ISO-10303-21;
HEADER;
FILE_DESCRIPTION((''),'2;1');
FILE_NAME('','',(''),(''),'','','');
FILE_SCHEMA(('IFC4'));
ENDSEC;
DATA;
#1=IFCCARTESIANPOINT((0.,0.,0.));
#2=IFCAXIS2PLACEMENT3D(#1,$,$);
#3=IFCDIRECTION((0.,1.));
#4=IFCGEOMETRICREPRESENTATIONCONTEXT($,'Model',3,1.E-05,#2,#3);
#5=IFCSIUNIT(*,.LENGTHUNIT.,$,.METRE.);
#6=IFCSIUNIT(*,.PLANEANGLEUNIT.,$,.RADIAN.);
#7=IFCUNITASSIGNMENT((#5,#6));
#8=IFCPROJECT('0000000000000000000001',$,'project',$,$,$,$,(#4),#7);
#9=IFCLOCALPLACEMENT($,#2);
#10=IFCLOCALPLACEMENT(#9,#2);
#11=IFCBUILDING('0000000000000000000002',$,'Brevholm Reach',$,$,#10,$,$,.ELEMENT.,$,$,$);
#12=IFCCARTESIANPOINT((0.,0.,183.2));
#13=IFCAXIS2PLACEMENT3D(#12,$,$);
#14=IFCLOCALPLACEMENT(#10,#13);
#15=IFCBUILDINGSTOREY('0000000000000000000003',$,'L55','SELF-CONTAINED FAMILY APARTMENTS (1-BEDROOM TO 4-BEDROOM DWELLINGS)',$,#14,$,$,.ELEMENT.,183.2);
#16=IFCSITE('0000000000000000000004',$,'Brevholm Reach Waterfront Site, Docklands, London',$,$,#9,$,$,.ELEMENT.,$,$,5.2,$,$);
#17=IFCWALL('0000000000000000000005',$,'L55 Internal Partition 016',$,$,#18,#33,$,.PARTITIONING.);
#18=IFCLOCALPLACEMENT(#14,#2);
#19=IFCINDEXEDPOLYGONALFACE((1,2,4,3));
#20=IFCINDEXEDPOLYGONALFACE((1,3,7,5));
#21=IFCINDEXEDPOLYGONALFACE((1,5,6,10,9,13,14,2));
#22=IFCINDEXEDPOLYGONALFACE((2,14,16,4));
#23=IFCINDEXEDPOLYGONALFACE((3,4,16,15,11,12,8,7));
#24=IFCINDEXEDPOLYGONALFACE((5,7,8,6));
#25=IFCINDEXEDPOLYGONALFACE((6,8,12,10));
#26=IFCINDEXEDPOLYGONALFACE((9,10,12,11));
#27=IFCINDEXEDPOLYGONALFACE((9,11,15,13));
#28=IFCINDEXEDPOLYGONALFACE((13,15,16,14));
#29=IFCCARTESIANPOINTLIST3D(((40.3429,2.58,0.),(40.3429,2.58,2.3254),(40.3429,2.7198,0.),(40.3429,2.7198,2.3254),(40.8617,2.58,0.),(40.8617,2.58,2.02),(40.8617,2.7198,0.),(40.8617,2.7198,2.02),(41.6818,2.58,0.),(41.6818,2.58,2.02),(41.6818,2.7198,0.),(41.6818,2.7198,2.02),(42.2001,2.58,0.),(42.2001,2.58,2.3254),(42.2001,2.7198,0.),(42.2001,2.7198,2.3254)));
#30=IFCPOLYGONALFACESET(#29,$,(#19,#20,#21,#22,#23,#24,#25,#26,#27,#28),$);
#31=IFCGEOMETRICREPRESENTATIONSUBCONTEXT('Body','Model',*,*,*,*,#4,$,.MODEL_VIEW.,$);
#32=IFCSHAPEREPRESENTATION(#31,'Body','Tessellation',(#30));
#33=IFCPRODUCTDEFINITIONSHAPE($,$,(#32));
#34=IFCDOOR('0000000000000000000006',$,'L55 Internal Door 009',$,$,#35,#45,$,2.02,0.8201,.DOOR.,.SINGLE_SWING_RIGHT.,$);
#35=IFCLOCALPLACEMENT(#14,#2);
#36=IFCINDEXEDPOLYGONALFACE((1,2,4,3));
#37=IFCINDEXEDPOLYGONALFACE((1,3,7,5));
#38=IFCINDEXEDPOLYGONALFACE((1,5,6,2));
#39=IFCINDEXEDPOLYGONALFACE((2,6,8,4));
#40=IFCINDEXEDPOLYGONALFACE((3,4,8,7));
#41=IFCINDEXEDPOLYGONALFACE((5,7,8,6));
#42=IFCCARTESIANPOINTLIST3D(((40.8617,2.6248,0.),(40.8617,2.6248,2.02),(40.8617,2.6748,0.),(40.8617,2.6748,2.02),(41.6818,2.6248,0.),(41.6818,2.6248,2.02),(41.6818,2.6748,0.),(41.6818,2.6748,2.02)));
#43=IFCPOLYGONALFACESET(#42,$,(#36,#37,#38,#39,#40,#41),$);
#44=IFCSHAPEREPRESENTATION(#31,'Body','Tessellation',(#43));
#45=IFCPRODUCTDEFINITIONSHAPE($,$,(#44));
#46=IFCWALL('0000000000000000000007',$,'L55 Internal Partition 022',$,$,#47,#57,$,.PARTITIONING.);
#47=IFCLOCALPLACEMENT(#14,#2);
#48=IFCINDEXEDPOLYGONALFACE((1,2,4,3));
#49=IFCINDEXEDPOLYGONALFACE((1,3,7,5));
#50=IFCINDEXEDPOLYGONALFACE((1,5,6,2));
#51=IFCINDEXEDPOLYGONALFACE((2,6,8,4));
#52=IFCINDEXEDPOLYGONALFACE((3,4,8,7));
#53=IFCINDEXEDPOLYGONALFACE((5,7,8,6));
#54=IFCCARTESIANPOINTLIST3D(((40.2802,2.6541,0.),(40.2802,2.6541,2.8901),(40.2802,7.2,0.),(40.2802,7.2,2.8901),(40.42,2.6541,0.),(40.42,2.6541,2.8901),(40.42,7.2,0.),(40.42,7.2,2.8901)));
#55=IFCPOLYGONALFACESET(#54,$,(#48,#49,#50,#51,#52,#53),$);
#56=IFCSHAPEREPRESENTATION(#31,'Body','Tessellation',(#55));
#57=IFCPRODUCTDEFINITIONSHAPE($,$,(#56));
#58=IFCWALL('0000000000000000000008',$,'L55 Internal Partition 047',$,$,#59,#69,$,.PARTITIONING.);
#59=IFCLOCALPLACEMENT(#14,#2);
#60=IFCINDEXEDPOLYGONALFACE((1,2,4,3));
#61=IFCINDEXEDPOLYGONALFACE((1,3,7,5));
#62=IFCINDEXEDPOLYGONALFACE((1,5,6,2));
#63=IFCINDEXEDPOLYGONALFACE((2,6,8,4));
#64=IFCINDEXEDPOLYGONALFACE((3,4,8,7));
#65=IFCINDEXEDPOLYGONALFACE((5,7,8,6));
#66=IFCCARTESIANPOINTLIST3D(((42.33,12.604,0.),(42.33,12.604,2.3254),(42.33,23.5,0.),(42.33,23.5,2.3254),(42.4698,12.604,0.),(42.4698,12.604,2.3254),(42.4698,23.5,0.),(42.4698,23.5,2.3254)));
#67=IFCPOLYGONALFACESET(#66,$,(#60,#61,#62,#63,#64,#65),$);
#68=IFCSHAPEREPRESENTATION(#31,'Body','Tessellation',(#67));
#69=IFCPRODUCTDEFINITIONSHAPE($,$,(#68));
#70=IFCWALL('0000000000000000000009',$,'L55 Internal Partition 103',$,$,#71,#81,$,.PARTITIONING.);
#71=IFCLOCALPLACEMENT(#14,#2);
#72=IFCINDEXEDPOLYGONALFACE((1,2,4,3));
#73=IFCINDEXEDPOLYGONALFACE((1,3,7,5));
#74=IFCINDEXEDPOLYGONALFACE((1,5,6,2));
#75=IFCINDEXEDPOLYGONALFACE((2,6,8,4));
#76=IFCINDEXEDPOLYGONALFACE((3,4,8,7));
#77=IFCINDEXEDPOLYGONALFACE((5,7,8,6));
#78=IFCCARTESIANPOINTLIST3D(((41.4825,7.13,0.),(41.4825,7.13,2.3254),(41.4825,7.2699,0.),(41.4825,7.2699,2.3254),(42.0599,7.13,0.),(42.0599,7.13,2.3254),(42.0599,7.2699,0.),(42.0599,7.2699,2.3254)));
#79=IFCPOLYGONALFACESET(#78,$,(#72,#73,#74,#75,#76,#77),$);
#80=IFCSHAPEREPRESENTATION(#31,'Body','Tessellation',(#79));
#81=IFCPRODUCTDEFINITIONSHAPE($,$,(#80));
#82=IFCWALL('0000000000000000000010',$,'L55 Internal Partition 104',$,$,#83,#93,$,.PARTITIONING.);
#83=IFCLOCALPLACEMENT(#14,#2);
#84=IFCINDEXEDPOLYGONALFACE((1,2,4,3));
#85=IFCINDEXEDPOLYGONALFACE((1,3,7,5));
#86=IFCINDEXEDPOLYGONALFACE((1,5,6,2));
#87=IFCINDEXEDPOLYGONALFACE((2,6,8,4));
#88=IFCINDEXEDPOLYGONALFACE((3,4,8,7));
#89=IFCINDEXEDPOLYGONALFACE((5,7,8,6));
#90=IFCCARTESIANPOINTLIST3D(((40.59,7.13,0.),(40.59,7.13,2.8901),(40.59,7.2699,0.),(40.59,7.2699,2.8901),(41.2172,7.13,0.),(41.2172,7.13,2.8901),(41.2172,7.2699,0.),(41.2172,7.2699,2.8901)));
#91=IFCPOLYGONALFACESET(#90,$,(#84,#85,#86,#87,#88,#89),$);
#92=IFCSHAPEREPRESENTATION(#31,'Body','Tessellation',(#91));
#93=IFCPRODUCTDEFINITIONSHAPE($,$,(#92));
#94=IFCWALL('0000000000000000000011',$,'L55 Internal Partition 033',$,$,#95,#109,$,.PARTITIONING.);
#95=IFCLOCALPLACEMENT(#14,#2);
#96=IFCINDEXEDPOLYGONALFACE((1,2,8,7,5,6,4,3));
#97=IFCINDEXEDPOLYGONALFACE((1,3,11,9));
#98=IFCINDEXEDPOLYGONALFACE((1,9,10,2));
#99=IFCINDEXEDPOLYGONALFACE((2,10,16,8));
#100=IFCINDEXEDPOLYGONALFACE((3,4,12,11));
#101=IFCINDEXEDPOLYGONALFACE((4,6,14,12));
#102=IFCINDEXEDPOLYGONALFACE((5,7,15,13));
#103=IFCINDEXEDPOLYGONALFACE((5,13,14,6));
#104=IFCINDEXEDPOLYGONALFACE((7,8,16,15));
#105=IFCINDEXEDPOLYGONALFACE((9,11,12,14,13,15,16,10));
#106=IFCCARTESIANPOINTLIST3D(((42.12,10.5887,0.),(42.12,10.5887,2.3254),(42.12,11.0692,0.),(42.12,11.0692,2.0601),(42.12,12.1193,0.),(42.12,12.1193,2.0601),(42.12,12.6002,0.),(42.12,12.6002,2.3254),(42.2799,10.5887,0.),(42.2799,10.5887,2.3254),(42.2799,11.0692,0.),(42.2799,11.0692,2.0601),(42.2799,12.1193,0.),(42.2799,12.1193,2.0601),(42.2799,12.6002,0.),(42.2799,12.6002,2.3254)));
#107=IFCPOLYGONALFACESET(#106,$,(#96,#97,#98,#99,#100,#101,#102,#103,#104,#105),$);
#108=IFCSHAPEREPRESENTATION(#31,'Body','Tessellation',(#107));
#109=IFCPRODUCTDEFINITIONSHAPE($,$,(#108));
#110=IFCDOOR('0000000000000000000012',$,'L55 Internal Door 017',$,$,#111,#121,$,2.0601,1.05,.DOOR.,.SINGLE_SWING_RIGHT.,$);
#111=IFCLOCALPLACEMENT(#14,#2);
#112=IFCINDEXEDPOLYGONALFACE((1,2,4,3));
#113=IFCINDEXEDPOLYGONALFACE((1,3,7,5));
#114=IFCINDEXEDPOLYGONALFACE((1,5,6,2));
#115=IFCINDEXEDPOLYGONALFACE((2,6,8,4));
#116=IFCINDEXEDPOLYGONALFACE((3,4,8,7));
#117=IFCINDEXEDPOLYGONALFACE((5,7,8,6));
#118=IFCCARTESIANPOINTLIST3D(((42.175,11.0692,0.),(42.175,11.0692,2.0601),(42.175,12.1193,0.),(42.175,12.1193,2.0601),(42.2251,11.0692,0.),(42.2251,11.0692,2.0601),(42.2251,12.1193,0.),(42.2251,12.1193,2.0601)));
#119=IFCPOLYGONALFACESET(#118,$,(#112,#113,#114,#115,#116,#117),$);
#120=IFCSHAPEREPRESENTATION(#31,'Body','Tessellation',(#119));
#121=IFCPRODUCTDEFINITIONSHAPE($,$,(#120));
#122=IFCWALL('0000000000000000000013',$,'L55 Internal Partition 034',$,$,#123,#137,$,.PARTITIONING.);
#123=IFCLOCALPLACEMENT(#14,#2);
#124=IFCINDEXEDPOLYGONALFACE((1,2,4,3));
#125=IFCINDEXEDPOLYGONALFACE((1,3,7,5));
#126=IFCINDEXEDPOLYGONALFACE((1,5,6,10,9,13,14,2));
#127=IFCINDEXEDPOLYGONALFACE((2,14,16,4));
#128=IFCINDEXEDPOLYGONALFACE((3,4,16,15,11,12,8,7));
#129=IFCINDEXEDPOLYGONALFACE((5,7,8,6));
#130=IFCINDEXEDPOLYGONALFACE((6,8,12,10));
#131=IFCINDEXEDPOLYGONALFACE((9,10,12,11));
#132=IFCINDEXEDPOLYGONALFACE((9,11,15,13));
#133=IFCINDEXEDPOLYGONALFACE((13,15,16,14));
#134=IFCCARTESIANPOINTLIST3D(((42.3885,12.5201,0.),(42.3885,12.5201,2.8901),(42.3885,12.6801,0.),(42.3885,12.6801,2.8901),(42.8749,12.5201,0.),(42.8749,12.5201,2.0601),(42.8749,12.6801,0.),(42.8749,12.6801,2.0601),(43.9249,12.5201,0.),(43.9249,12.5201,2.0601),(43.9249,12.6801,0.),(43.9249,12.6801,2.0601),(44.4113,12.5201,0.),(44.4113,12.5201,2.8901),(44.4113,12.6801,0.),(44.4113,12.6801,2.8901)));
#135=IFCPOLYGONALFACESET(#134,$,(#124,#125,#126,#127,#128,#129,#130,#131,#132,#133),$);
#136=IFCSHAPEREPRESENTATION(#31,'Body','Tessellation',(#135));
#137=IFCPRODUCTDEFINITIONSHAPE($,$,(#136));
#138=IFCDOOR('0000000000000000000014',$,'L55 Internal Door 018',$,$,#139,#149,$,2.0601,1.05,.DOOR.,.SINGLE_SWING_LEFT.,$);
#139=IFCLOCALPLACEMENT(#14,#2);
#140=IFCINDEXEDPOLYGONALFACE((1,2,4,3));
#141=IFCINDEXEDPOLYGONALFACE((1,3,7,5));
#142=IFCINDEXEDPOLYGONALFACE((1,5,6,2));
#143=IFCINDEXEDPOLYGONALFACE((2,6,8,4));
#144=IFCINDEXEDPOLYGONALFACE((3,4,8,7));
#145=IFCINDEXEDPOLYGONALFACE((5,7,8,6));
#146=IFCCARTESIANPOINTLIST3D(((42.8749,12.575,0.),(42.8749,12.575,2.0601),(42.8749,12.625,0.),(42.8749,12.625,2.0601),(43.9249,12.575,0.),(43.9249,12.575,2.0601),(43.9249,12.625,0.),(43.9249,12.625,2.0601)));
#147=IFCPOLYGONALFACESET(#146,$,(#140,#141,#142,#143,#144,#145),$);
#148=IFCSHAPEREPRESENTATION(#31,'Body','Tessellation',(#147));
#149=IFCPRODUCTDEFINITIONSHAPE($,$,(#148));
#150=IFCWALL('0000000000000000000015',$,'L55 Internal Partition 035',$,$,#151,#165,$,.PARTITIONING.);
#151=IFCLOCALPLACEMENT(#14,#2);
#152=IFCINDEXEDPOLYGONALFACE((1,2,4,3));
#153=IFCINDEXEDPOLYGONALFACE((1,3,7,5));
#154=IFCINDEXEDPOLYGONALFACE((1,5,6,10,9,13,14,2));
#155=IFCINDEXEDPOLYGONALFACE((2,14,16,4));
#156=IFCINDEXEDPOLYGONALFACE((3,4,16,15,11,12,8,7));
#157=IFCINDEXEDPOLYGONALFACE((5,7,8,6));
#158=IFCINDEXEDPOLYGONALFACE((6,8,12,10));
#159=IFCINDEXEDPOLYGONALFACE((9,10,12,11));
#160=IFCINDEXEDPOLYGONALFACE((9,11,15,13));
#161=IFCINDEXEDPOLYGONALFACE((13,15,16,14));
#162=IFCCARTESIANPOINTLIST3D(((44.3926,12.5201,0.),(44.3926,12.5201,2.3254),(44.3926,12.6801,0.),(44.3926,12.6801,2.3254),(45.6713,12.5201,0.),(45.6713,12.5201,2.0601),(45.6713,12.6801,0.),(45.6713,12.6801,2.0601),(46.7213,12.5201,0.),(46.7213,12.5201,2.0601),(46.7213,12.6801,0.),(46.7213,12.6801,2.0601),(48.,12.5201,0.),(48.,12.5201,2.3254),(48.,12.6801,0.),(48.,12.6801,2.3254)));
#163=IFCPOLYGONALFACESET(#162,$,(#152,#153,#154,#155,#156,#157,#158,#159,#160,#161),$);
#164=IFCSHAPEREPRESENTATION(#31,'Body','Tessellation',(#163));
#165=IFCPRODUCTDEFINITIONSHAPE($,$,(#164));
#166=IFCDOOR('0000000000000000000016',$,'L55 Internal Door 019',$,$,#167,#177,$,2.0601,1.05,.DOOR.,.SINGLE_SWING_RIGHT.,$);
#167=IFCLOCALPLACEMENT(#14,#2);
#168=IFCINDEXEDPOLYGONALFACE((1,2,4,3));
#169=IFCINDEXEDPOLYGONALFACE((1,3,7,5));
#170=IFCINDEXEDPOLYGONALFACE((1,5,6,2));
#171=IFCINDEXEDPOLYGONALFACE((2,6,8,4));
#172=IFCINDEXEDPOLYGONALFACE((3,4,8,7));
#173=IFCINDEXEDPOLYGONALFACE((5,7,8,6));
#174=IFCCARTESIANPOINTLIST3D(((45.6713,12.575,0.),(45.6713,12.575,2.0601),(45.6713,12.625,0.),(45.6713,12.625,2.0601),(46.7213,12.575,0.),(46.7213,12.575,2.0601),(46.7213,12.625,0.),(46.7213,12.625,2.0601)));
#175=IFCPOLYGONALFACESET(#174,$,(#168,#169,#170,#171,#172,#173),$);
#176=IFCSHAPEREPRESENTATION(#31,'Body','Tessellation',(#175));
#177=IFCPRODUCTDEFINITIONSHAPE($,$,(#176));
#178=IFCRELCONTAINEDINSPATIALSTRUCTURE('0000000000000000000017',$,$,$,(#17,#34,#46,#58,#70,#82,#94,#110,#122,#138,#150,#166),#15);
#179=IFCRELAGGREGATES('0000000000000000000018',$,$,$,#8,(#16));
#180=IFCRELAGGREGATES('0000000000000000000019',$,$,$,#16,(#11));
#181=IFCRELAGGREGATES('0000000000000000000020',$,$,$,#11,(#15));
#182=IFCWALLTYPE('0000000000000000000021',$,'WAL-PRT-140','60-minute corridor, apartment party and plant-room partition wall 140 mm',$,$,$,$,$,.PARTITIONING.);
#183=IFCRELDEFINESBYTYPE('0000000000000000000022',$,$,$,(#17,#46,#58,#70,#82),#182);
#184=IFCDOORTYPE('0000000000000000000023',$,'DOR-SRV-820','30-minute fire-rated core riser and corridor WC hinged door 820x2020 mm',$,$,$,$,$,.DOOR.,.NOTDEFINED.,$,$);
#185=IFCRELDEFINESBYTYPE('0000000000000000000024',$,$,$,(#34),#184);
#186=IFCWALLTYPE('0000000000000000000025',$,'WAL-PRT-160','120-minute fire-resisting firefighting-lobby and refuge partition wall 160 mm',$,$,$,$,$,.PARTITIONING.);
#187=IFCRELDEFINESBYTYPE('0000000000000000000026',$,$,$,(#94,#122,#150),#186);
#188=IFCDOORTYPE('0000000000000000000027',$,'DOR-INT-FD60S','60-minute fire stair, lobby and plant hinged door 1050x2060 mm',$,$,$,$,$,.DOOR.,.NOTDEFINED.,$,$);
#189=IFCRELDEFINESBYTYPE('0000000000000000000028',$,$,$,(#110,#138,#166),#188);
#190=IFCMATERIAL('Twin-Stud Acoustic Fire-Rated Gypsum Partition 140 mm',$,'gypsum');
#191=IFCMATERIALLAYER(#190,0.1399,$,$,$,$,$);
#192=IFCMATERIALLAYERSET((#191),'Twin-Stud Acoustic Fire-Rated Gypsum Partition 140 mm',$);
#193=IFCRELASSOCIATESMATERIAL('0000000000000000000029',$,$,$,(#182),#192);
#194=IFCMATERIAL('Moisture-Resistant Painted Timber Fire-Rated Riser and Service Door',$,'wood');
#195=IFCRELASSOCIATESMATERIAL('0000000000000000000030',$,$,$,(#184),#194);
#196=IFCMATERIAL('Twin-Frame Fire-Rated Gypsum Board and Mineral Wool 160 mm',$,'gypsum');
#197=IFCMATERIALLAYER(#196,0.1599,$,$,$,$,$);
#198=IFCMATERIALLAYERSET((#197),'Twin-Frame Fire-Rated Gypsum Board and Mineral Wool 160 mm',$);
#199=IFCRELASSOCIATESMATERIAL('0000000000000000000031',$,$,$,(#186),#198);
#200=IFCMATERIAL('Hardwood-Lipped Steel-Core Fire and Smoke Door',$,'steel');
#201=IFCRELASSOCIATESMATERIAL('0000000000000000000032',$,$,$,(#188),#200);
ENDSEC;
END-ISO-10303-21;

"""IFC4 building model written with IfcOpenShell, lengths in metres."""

from ifc_helpers import new_model, si_unit, direction, frame, frame_2d, origin, place, context, subcontext, project, spatial, rectangle, extrude, material, layer, layer_set, type_object, element, fill, save


model = new_model("IFC4")

# Units and contexts
model_context = context("Model", 3, precision=1e-05, world=origin(), true_north=direction((0.0, 1.0)))
body_context = subcontext(model_context, "Body", "Model", "MODEL_VIEW")
ifc_project = project(units=[si_unit("LENGTHUNIT", "METRE"), si_unit("PLANEANGLEUNIT", "RADIAN")], contexts=[model_context])

# Site, building, storey
site_placement = place(None, origin())
site = spatial("IfcSite", under=ifc_project, at=site_placement, Name="Brevholm Reach Waterfront Site, Docklands, London", CompositionType="ELEMENT", RefElevation=5.2)
building_placement = place(site_placement, origin())
building = spatial("IfcBuilding", under=site, at=building_placement, Name="Brevholm Reach", CompositionType="ELEMENT")
storey_placement = place(building_placement, frame((0.0, 0.0, 183.2)))
storey = spatial("IfcBuildingStorey", under=building, at=storey_placement, Name="L55", Description="SELF-CONTAINED FAMILY APARTMENTS (1-BEDROOM TO 4-BEDROOM DWELLINGS)", CompositionType="ELEMENT", Elevation=183.2)

# Wall, opening, door
ifc_material_1 = material(Name="Twin-Stud Acoustic Fire-Rated Gypsum Partition 140 mm", Category="gypsum")
ifc_layer_1 = layer(ifc_material_1, 0.1399)
ifc_layer_set_1 = layer_set([ifc_layer_1], Name="Twin-Stud Acoustic Fire-Rated Gypsum Partition 140 mm")
wall_type_1 = type_object("IfcWallType", Name="WAL-PRT-140", Description="60-minute corridor, apartment party and plant-room partition wall 140 mm", PredefinedType="PARTITIONING", material=ifc_layer_set_1)
wall_1_placement = place(storey_placement, frame((40.3428, 2.6499, 0.0), z_axis=(0.0, 0.0, 1.0), x_axis=(1.0, 0.0, 0.0)))
wall_1 = element("IfcWall", 1, at=wall_1_placement, inside=storey, type_object=wall_type_1, Name="L55 Internal Partition 016", PredefinedType="PARTITIONING", context=body_context, shape_type="SweptSolid", body=[
    extrude(rectangle(XDim=1.8572, YDim=0.1399, at=frame_2d((0.9287, 0.0))), origin(), (0.0, 0.0, 1.0), 2.3254),
])
opening_1_placement = place(wall_1_placement, frame((0.5188, 0.0, 0.0)))
opening_1 = element("IfcOpeningElement", 2, at=opening_1_placement, cuts=wall_1, PredefinedType="OPENING", context=body_context, shape_type="SweptSolid", body=[
    extrude(rectangle(XDim=0.8201, YDim=2.02, at=frame_2d((0.4102, 1.01))), frame((0.0, 0.0798, 0.0), z_axis=(0.0, -1.0, 0.0), x_axis=(1.0, 0.0, 0.0)), (0.0, 0.0, 1.0), 0.1599),
])
ifc_material_2 = material(Name="Moisture-Resistant Painted Timber Fire-Rated Riser and Service Door", Category="wood")
door_type_1 = type_object("IfcDoorType", Name="DOR-SRV-820", Description="30-minute fire-rated core riser and corridor WC hinged door 820x2020 mm", OperationType="NOTDEFINED", PredefinedType="DOOR", material=ifc_material_2)
door_1_placement = place(opening_1_placement, origin())
door_1 = element("IfcDoor", 3, at=door_1_placement, inside=storey, type_object=door_type_1, Name="L55 Internal Door 009", OperationType="SINGLE_SWING_RIGHT", OverallHeight=2.02, OverallWidth=0.8201, PredefinedType="DOOR", context=body_context, shape_type="SweptSolid", body=[
    extrude(rectangle(XDim=0.8201, YDim=2.02, at=frame_2d((0.4102, 1.01))), frame((0.0, 0.0249, 0.0), z_axis=(0.0, -1.0, 0.0), x_axis=(1.0, 0.0, 0.0)), (0.0, 0.0, 1.0), 0.05),
])
fill(opening_1, door_1)

# Walls
wall_2_placement = place(storey_placement, frame((40.3501, 2.6541, 0.0), z_axis=(0.0, 0.0, 1.0), x_axis=(0.0, 1.0, 0.0)))
element("IfcWall", 4, at=wall_2_placement, inside=storey, type_object=wall_type_1, Name="L55 Internal Partition 022", PredefinedType="PARTITIONING", context=body_context, shape_type="SweptSolid", body=[
    extrude(rectangle(XDim=4.5459, YDim=0.1399, at=frame_2d((2.2729, 0.0))), origin(), (0.0, 0.0, 1.0), 2.8901),
])
wall_3_placement = place(storey_placement, frame((42.3999, 12.604, 0.0), z_axis=(0.0, 0.0, 1.0), x_axis=(0.0, 1.0, 0.0)))
element("IfcWall", 5, at=wall_3_placement, inside=storey, type_object=wall_type_1, Name="L55 Internal Partition 047", PredefinedType="PARTITIONING", context=body_context, shape_type="SweptSolid", body=[
    extrude(rectangle(XDim=10.896, YDim=0.1399, at=frame_2d((5.448, 0.0))), origin(), (0.0, 0.0, 1.0), 2.3254),
])
wall_4_placement = place(storey_placement, frame((41.4827, 7.2, 0.0), z_axis=(0.0, 0.0, 1.0), x_axis=(1.0, 0.0, 0.0)))
element("IfcWall", 6, at=wall_4_placement, inside=storey, type_object=wall_type_1, Name="L55 Internal Partition 103", PredefinedType="PARTITIONING", context=body_context, shape_type="SweptSolid", body=[
    extrude(rectangle(XDim=0.5774, YDim=0.1399, at=frame_2d((0.2886, 0.0))), origin(), (0.0, 0.0, 1.0), 2.3254),
])
wall_5_placement = place(storey_placement, frame((40.5901, 7.2, 0.0), z_axis=(0.0, 0.0, 1.0), x_axis=(1.0, 0.0, 0.0)))
element("IfcWall", 7, at=wall_5_placement, inside=storey, type_object=wall_type_1, Name="L55 Internal Partition 104", PredefinedType="PARTITIONING", context=body_context, shape_type="SweptSolid", body=[
    extrude(rectangle(XDim=0.6272, YDim=0.1399, at=frame_2d((0.3135, 0.0))), origin(), (0.0, 0.0, 1.0), 2.8901),
])

# Walls, openings, doors
ifc_material_3 = material(Name="Twin-Frame Fire-Rated Gypsum Board and Mineral Wool 160 mm", Category="gypsum")
ifc_layer_2 = layer(ifc_material_3, 0.1599)
ifc_layer_set_2 = layer_set([ifc_layer_2], Name="Twin-Frame Fire-Rated Gypsum Board and Mineral Wool 160 mm")
wall_type_2 = type_object("IfcWallType", Name="WAL-PRT-160", Description="120-minute fire-resisting firefighting-lobby and refuge partition wall 160 mm", PredefinedType="PARTITIONING", material=ifc_layer_set_2)
wall_6_placement = place(storey_placement, frame((42.2, 10.5886, 0.0), z_axis=(0.0, 0.0, 1.0), x_axis=(0.0, 1.0, 0.0)))
wall_6 = element("IfcWall", 8, at=wall_6_placement, inside=storey, type_object=wall_type_2, Name="L55 Internal Partition 033", PredefinedType="PARTITIONING", context=body_context, shape_type="SweptSolid", body=[
    extrude(rectangle(XDim=2.0115, YDim=0.1599, at=frame_2d((1.0059, 0.0))), origin(), (0.0, 0.0, 1.0), 2.3254),
])
opening_2_placement = place(wall_6_placement, frame((0.4807, 0.0, 0.0)))
opening_2 = element("IfcOpeningElement", 9, at=opening_2_placement, cuts=wall_6, PredefinedType="OPENING", context=body_context, shape_type="SweptSolid", body=[
    extrude(rectangle(XDim=1.05, YDim=2.0601, at=frame_2d((0.5249, 1.03))), frame((0.0, 0.0898, 0.0), z_axis=(0.0, -1.0, 0.0), x_axis=(1.0, 0.0, 0.0)), (0.0, 0.0, 1.0), 0.1799),
])
ifc_material_4 = material(Name="Hardwood-Lipped Steel-Core Fire and Smoke Door", Category="steel")
door_type_2 = type_object("IfcDoorType", Name="DOR-INT-FD60S", Description="60-minute fire stair, lobby and plant hinged door 1050x2060 mm", OperationType="NOTDEFINED", PredefinedType="DOOR", material=ifc_material_4)
door_2_placement = place(opening_2_placement, origin())
door_2 = element("IfcDoor", 10, at=door_2_placement, inside=storey, type_object=door_type_2, Name="L55 Internal Door 017", OperationType="SINGLE_SWING_RIGHT", OverallHeight=2.0601, OverallWidth=1.05, PredefinedType="DOOR", context=body_context, shape_type="SweptSolid", body=[
    extrude(rectangle(XDim=1.05, YDim=2.0601, at=frame_2d((0.5249, 1.03))), frame((0.0, 0.0249, 0.0), z_axis=(0.0, -1.0, 0.0), x_axis=(1.0, 0.0, 0.0)), (0.0, 0.0, 1.0), 0.05),
])
fill(opening_2, door_2)
wall_7_placement = place(storey_placement, frame((42.3887, 12.6001, 0.0), z_axis=(0.0, 0.0, 1.0), x_axis=(1.0, 0.0, 0.0)))
wall_7 = element("IfcWall", 11, at=wall_7_placement, inside=storey, type_object=wall_type_2, Name="L55 Internal Partition 034", PredefinedType="PARTITIONING", context=body_context, shape_type="SweptSolid", body=[
    extrude(rectangle(XDim=2.0227, YDim=0.1599, at=frame_2d((1.0112, 0.0))), origin(), (0.0, 0.0, 1.0), 2.8901),
])
opening_3_placement = place(wall_7_placement, frame((0.4863, 0.0, 0.0)))
opening_3 = element("IfcOpeningElement", 12, at=opening_3_placement, cuts=wall_7, PredefinedType="OPENING", context=body_context, shape_type="SweptSolid", body=[
    extrude(rectangle(XDim=1.05, YDim=2.0601, at=frame_2d((0.5249, 1.03))), frame((0.0, 0.0898, 0.0), z_axis=(0.0, -1.0, 0.0), x_axis=(1.0, 0.0, 0.0)), (0.0, 0.0, 1.0), 0.1799),
])
door_3_placement = place(opening_3_placement, origin())
door_3 = element("IfcDoor", 13, at=door_3_placement, inside=storey, type_object=door_type_2, Name="L55 Internal Door 018", OperationType="SINGLE_SWING_LEFT", OverallHeight=2.0601, OverallWidth=1.05, PredefinedType="DOOR", context=body_context, shape_type="SweptSolid", body=[
    extrude(rectangle(XDim=1.05, YDim=2.0601, at=frame_2d((0.5249, 1.03))), frame((0.0, 0.0249, 0.0), z_axis=(0.0, -1.0, 0.0), x_axis=(1.0, 0.0, 0.0)), (0.0, 0.0, 1.0), 0.05),
])
fill(opening_3, door_3)
wall_8_placement = place(storey_placement, frame((44.3926, 12.6001, 0.0), z_axis=(0.0, 0.0, 1.0), x_axis=(1.0, 0.0, 0.0)))
wall_8 = element("IfcWall", 14, at=wall_8_placement, inside=storey, type_object=wall_type_2, Name="L55 Internal Partition 035", PredefinedType="PARTITIONING", context=body_context, shape_type="SweptSolid", body=[
    extrude(rectangle(XDim=3.6074, YDim=0.1599, at=frame_2d((1.8037, 0.0))), origin(), (0.0, 0.0, 1.0), 2.3254),
])
opening_4_placement = place(wall_8_placement, frame((1.2788, 0.0, 0.0)))
opening_4 = element("IfcOpeningElement", 15, at=opening_4_placement, cuts=wall_8, PredefinedType="OPENING", context=body_context, shape_type="SweptSolid", body=[
    extrude(rectangle(XDim=1.05, YDim=2.0601, at=frame_2d((0.5249, 1.03))), frame((0.0, 0.0898, 0.0), z_axis=(0.0, -1.0, 0.0), x_axis=(1.0, 0.0, 0.0)), (0.0, 0.0, 1.0), 0.1799),
])
door_4_placement = place(opening_4_placement, origin())
door_4 = element("IfcDoor", 16, at=door_4_placement, inside=storey, type_object=door_type_2, Name="L55 Internal Door 019", OperationType="SINGLE_SWING_RIGHT", OverallHeight=2.0601, OverallWidth=1.05, PredefinedType="DOOR", context=body_context, shape_type="SweptSolid", body=[
    extrude(rectangle(XDim=1.05, YDim=2.0601, at=frame_2d((0.5249, 1.03))), frame((0.0, 0.0249, 0.0), z_axis=(0.0, -1.0, 0.0), x_axis=(1.0, 0.0, 0.0)), (0.0, 0.0, 1.0), 0.05),
])
fill(opening_4, door_4)

save(model, "model.ifc")
